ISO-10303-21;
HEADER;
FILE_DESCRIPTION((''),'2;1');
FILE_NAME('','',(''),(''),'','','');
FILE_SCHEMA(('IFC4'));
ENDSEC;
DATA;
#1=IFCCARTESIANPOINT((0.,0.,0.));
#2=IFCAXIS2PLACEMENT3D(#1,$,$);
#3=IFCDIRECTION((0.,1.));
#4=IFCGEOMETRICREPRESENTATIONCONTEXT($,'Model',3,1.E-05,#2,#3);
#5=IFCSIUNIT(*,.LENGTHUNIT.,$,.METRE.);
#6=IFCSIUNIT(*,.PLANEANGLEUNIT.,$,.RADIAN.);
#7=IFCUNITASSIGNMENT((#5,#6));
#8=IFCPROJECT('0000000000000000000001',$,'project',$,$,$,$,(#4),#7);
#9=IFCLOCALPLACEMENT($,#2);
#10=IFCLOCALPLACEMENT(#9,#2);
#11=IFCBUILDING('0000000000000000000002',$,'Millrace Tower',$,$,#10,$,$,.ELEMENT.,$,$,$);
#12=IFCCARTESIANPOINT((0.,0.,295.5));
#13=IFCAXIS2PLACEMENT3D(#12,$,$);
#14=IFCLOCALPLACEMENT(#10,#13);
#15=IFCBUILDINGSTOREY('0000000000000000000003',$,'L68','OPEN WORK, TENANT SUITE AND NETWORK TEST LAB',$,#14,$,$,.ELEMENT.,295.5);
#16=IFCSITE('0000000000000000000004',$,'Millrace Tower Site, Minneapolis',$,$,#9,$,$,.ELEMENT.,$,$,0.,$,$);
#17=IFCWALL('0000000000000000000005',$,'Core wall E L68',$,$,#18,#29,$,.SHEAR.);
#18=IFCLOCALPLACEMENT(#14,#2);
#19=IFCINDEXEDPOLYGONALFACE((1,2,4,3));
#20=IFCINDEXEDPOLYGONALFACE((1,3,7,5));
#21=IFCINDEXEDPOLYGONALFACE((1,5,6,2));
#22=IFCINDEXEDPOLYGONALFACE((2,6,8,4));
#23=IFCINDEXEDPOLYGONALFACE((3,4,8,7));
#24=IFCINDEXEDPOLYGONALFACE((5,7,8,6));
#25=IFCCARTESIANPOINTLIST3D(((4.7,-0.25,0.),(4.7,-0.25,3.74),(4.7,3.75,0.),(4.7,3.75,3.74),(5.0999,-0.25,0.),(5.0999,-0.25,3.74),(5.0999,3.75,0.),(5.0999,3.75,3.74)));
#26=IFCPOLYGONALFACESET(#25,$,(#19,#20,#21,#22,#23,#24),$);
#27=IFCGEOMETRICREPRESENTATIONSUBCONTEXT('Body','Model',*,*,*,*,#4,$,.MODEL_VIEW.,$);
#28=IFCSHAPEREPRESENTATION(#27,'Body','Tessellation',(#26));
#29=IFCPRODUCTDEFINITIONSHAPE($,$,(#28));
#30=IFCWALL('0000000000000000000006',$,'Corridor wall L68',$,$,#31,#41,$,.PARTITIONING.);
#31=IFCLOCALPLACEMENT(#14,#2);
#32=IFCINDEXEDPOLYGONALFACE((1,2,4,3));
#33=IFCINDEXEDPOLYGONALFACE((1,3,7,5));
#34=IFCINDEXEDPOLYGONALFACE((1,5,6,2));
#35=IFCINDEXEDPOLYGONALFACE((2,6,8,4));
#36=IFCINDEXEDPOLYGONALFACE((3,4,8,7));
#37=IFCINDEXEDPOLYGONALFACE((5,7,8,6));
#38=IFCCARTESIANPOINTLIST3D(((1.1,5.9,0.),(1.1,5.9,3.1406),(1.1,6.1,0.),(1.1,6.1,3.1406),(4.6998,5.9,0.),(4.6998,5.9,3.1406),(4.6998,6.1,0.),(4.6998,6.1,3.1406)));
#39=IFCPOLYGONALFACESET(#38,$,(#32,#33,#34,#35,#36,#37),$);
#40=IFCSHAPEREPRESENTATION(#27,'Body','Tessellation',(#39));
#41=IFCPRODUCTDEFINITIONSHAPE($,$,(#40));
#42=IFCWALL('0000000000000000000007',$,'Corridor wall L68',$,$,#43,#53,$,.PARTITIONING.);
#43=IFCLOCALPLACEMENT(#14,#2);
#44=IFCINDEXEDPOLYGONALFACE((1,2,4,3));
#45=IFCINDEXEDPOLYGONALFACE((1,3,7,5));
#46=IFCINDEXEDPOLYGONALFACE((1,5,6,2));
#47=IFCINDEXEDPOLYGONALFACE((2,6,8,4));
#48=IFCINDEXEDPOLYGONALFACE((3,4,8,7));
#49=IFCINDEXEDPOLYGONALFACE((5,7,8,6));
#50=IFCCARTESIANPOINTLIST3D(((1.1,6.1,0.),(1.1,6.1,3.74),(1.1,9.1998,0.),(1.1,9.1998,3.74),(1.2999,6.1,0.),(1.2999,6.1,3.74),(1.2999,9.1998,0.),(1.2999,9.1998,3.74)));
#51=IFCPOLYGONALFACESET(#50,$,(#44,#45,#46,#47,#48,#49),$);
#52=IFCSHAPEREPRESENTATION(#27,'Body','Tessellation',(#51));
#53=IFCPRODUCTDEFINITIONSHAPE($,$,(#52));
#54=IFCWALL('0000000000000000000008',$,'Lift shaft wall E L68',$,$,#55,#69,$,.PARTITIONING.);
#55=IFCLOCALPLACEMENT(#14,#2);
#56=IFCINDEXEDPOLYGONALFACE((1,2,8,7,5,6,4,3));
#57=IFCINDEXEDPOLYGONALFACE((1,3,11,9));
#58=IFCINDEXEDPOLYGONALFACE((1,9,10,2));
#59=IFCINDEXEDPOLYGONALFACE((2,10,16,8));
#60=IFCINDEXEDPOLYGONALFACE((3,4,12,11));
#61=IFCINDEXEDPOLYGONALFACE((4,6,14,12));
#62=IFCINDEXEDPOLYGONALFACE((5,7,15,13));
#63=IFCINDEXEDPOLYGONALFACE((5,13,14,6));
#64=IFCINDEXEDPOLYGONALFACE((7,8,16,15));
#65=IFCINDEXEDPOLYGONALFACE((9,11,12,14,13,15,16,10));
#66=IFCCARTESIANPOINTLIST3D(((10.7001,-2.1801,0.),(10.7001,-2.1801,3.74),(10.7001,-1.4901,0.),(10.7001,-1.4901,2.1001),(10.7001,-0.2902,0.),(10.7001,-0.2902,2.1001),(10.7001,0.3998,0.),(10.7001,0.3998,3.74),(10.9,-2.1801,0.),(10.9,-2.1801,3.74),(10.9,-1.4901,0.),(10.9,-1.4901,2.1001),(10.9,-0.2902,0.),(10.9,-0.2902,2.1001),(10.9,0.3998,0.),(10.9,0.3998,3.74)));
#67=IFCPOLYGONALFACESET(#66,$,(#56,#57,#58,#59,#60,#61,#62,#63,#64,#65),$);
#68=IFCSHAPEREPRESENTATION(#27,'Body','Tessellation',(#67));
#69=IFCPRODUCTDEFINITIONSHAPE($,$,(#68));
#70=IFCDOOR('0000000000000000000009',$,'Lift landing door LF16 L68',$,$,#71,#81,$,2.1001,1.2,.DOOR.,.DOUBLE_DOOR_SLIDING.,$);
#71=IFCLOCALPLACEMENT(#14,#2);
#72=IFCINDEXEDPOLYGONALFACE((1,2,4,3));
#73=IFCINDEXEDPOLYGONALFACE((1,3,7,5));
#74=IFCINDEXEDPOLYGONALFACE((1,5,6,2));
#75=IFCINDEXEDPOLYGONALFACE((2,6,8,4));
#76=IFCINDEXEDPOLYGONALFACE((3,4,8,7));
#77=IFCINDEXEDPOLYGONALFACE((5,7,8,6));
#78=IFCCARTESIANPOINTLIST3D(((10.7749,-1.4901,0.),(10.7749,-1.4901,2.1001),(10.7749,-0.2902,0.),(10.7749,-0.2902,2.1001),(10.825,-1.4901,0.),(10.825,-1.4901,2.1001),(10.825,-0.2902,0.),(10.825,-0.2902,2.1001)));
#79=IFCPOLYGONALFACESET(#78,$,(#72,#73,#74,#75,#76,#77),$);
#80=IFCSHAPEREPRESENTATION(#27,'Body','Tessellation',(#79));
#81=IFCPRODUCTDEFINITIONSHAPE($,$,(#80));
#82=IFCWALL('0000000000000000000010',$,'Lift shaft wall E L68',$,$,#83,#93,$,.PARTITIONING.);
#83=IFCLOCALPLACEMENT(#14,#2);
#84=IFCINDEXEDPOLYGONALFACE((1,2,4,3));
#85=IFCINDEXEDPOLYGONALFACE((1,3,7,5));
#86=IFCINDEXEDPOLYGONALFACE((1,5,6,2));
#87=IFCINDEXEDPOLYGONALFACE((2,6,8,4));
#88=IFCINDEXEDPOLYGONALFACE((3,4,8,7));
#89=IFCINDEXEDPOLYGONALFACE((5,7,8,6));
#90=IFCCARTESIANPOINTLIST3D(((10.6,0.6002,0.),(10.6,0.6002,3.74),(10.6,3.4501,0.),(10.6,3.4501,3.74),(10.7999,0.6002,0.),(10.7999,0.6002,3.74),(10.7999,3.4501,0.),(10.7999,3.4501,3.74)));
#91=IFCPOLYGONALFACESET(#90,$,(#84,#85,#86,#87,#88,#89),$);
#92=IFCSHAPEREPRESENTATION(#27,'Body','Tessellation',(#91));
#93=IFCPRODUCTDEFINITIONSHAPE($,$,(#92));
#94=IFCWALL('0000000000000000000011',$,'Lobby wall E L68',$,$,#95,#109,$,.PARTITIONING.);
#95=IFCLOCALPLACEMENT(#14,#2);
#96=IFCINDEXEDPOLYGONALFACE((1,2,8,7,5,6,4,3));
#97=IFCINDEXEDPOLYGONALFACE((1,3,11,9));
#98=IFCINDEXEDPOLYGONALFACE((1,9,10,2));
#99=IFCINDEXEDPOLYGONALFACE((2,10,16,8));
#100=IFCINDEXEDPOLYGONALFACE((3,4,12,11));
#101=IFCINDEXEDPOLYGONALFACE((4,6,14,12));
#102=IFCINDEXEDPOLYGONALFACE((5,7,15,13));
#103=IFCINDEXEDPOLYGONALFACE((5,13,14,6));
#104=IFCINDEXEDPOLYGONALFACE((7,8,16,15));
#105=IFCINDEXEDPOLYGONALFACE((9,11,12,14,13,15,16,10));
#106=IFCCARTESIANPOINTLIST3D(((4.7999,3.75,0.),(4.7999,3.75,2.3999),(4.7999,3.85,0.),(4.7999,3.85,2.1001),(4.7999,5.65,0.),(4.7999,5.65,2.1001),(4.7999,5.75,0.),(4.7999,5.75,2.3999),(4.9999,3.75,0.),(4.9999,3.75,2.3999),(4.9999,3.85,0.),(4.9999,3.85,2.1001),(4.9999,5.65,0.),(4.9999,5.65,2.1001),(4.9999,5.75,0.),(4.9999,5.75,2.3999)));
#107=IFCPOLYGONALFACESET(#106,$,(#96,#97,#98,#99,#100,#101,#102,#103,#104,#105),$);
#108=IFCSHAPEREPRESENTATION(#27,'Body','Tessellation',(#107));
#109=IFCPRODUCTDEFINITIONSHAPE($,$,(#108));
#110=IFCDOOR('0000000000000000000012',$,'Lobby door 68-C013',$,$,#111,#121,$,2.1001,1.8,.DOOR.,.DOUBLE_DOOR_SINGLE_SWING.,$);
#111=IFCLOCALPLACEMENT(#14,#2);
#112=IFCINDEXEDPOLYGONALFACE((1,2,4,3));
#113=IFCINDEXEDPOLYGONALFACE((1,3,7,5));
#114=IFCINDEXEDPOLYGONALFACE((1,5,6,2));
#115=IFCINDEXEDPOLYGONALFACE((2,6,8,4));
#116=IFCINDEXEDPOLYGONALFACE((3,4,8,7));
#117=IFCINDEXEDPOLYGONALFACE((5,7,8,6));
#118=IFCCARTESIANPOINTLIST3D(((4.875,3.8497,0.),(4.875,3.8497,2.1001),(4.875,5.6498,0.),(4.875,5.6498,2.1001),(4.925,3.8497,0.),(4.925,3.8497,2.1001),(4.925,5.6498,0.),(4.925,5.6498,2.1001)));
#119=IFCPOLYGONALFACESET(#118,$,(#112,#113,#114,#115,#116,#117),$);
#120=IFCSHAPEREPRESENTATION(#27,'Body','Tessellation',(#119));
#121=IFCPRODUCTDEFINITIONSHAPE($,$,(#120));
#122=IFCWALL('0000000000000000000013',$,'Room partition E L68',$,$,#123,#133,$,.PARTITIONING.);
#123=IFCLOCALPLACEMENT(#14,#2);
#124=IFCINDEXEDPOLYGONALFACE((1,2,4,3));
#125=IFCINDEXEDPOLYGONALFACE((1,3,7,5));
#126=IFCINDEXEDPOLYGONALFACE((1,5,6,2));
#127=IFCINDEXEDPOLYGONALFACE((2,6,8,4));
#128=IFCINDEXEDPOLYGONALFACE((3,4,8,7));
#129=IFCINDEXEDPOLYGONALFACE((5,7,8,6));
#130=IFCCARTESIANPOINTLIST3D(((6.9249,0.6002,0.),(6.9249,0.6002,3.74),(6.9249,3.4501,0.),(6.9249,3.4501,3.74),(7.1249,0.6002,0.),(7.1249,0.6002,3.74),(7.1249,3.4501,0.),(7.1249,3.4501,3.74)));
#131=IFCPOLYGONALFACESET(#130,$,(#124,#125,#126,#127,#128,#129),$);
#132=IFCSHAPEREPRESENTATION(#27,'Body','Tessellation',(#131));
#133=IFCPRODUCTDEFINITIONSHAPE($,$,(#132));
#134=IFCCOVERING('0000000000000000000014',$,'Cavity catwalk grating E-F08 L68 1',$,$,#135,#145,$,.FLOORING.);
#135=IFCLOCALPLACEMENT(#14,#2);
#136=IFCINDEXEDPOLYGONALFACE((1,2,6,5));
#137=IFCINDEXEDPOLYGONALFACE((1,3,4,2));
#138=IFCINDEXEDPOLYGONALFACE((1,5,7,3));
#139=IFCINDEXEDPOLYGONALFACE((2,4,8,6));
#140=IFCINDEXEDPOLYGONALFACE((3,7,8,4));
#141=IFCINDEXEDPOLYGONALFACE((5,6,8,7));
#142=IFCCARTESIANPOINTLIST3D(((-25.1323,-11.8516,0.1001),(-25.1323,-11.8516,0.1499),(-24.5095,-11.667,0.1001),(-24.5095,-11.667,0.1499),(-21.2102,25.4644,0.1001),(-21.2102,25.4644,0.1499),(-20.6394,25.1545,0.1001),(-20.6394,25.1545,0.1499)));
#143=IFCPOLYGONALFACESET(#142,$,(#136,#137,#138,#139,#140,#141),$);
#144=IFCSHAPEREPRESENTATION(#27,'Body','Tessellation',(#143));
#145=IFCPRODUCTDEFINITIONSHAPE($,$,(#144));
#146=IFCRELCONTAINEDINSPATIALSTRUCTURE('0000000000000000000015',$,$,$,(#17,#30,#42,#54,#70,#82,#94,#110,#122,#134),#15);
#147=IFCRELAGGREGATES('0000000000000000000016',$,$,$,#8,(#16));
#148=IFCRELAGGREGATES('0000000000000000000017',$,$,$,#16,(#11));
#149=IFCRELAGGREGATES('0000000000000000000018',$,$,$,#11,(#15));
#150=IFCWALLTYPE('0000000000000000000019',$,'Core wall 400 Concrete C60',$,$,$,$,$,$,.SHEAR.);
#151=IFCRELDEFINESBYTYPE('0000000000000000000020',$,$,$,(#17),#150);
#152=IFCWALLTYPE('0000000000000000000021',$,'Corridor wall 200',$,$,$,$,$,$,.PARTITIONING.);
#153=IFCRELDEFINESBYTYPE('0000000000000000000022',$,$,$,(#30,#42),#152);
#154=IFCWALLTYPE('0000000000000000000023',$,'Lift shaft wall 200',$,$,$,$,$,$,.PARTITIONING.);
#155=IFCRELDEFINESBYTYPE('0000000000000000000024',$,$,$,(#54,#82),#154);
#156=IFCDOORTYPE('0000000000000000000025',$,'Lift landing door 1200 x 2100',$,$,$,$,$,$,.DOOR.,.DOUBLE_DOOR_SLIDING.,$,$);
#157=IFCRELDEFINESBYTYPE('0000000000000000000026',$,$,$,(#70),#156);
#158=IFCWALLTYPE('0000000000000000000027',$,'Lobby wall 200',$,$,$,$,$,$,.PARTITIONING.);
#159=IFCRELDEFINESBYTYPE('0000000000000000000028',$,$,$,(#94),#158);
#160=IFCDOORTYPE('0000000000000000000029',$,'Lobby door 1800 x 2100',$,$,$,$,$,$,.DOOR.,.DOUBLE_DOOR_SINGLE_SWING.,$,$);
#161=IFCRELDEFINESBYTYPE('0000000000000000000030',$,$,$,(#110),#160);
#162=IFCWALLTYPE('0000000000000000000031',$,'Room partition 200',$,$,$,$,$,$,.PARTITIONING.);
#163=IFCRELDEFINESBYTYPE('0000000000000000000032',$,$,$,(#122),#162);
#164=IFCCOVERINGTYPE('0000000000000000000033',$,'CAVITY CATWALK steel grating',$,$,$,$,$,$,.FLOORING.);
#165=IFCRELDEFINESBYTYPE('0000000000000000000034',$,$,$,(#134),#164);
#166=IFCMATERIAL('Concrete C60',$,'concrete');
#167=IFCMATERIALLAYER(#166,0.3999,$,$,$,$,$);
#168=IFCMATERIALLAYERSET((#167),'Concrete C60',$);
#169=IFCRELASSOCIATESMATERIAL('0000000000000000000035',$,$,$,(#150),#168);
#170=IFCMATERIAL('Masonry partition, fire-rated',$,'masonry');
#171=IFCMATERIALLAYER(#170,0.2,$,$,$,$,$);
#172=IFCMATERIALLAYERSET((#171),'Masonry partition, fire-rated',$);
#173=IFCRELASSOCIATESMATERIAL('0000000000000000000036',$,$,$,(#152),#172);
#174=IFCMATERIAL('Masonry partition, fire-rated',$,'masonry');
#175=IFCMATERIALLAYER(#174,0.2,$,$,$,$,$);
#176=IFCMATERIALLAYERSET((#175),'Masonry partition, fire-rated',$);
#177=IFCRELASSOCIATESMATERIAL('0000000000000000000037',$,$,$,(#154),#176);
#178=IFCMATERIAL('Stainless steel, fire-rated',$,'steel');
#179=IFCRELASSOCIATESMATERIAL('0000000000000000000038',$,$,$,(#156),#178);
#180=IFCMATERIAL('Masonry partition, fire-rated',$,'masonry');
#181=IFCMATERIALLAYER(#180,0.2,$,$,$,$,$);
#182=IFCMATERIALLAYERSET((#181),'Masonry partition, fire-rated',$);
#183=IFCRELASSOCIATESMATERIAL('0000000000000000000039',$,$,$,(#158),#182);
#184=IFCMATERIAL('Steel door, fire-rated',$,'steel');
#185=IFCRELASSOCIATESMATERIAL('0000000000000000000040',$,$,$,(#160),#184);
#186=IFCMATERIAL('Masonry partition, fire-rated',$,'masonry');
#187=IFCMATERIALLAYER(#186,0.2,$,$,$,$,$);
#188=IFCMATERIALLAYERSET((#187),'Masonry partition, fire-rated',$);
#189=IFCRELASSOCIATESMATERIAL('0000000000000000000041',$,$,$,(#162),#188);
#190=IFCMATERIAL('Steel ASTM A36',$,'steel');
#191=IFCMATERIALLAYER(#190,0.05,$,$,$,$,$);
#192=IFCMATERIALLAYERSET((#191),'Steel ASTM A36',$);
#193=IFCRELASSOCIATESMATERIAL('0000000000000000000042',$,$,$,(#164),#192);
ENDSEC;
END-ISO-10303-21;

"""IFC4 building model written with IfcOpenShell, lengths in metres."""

from ifc_helpers import new_model, si_unit, direction, frame, frame_2d, origin, place, context, subcontext, project, spatial, polyline, rectangle, outline, extrude, material, layer, layer_set, type_object, element, fill, save


model = new_model("IFC4")

# Units and contexts
model_context = context("Model", 3, precision=1e-05, world=origin(), true_north=direction((0.0, 1.0)))
body_context = subcontext(model_context, "Body", "Model", "MODEL_VIEW")
ifc_project = project(units=[si_unit("LENGTHUNIT", "METRE"), si_unit("PLANEANGLEUNIT", "RADIAN")], contexts=[model_context])

# Site, building, storey
site_placement = place(None, origin())
site = spatial("IfcSite", under=ifc_project, at=site_placement, Name="Millrace Tower Site, Minneapolis", CompositionType="ELEMENT", RefElevation=0.0)
building_placement = place(site_placement, origin())
building = spatial("IfcBuilding", under=site, at=building_placement, Name="Millrace Tower", CompositionType="ELEMENT")
storey_placement = place(building_placement, frame((0.0, 0.0, 295.5)))
storey = spatial("IfcBuildingStorey", under=building, at=storey_placement, Name="L68", Description="OPEN WORK, TENANT SUITE AND NETWORK TEST LAB", CompositionType="ELEMENT", Elevation=295.5)

# Walls
ifc_material_1 = material(Name="Concrete C60", Category="concrete")
ifc_layer_1 = layer(ifc_material_1, 0.3999)
ifc_layer_set_1 = layer_set([ifc_layer_1], Name="Concrete C60")
wall_type_1 = type_object("IfcWallType", Name="Core wall 400 Concrete C60", PredefinedType="SHEAR", material=ifc_layer_set_1)
wall_1_placement = place(storey_placement, frame((4.8999, 3.75, 0.0), z_axis=(0.0, 0.0, 1.0), x_axis=(0.0, -1.0, 0.0)))
element("IfcWall", 1, at=wall_1_placement, inside=storey, type_object=wall_type_1, Name="Core wall E L68", PredefinedType="SHEAR", context=body_context, shape_type="SweptSolid", body=[
    extrude(rectangle(XDim=4.0, YDim=0.3999, at=frame_2d((2.0, 0.0))), origin(), (0.0, 0.0, 1.0), 3.74),
])
ifc_material_2 = material(Name="Masonry partition, fire-rated", Category="masonry")
ifc_layer_2 = layer(ifc_material_2, 0.2)
ifc_layer_set_2 = layer_set([ifc_layer_2], Name="Masonry partition, fire-rated")
wall_type_2 = type_object("IfcWallType", Name="Corridor wall 200", PredefinedType="PARTITIONING", material=ifc_layer_set_2)
wall_2_placement = place(storey_placement, frame((1.1001, 6.0, 0.0), z_axis=(0.0, 0.0, 1.0), x_axis=(1.0, 0.0, 0.0)))
element("IfcWall", 2, at=wall_2_placement, inside=storey, type_object=wall_type_2, Name="Corridor wall L68", PredefinedType="PARTITIONING", context=body_context, shape_type="SweptSolid", body=[
    extrude(rectangle(XDim=3.5999, YDim=0.2, at=frame_2d((1.7998, 0.0))), origin(), (0.0, 0.0, 1.0), 3.1406),
])
wall_3_placement = place(storey_placement, frame((1.2, 6.1001, 0.0), z_axis=(0.0, 0.0, 1.0), x_axis=(0.0, 1.0, 0.0)))
element("IfcWall", 3, at=wall_3_placement, inside=storey, type_object=wall_type_2, Name="Corridor wall L68", PredefinedType="PARTITIONING", context=body_context, shape_type="SweptSolid", body=[
    extrude(rectangle(XDim=3.0999, YDim=0.2, at=frame_2d((1.5498, 0.0))), origin(), (0.0, 0.0, 1.0), 3.74),
])

# Wall, opening, door
ifc_material_3 = material(Name="Masonry partition, fire-rated", Category="masonry")
ifc_layer_3 = layer(ifc_material_3, 0.2)
ifc_layer_set_3 = layer_set([ifc_layer_3], Name="Masonry partition, fire-rated")
wall_type_3 = type_object("IfcWallType", Name="Lift shaft wall 200", PredefinedType="PARTITIONING", material=ifc_layer_set_3)
wall_4_placement = place(storey_placement, frame((10.8, 0.3999, 0.0), z_axis=(0.0, 0.0, 1.0), x_axis=(0.0, -1.0, 0.0)))
wall_4 = element("IfcWall", 4, at=wall_4_placement, inside=storey, type_object=wall_type_3, Name="Lift shaft wall E L68", PredefinedType="PARTITIONING", context=body_context, shape_type="SweptSolid", body=[
    extrude(rectangle(XDim=2.5798, YDim=0.2, at=frame_2d((1.29, 0.0))), origin(), (0.0, 0.0, 1.0), 3.74),
])
opening_1_placement = place(wall_4_placement, frame((0.6899, 0.0, 0.0)))
opening_1 = element("IfcOpeningElement", 5, at=opening_1_placement, cuts=wall_4, PredefinedType="OPENING", context=body_context, shape_type="SweptSolid", body=[
    extrude(rectangle(XDim=1.2, YDim=2.1001, at=frame_2d((0.6001, 1.05))), frame((0.0, 0.1099, 0.0), z_axis=(0.0, -1.0, 0.0), x_axis=(1.0, 0.0, 0.0)), (0.0, 0.0, 1.0), 0.22),
])
ifc_material_4 = material(Name="Stainless steel, fire-rated", Category="steel")
door_type_1 = type_object("IfcDoorType", Name="Lift landing door 1200 x 2100", OperationType="DOUBLE_DOOR_SLIDING", PredefinedType="DOOR", material=ifc_material_4)
door_1_placement = place(opening_1_placement, origin())
door_1 = element("IfcDoor", 6, at=door_1_placement, inside=storey, type_object=door_type_1, Name="Lift landing door LF16 L68", OperationType="DOUBLE_DOOR_SLIDING", OverallHeight=2.1001, OverallWidth=1.2, PredefinedType="DOOR", context=body_context, shape_type="SweptSolid", body=[
    extrude(rectangle(XDim=1.2, YDim=2.1001, at=frame_2d((0.6001, 1.05))), frame((0.0, 0.0249, 0.0), z_axis=(0.0, -1.0, 0.0), x_axis=(1.0, 0.0, 0.0)), (0.0, 0.0, 1.0), 0.05),
])
fill(opening_1, door_1)

# Wall
wall_5_placement = place(storey_placement, frame((10.7, 3.45, 0.0), z_axis=(0.0, 0.0, 1.0), x_axis=(0.0, -1.0, 0.0)))
element("IfcWall", 7, at=wall_5_placement, inside=storey, type_object=wall_type_3, Name="Lift shaft wall E L68", PredefinedType="PARTITIONING", context=body_context, shape_type="SweptSolid", body=[
    extrude(rectangle(XDim=2.8499, YDim=0.2, at=frame_2d((1.4248, 0.0))), origin(), (0.0, 0.0, 1.0), 3.74),
])

# Wall, opening, door
ifc_material_5 = material(Name="Masonry partition, fire-rated", Category="masonry")
ifc_layer_4 = layer(ifc_material_5, 0.2)
ifc_layer_set_4 = layer_set([ifc_layer_4], Name="Masonry partition, fire-rated")
wall_type_4 = type_object("IfcWallType", Name="Lobby wall 200", PredefinedType="PARTITIONING", material=ifc_layer_set_4)
wall_6_placement = place(storey_placement, frame((4.8999, 5.75, 0.0), z_axis=(0.0, 0.0, 1.0), x_axis=(0.0, -1.0, 0.0)))
wall_6 = element("IfcWall", 8, at=wall_6_placement, inside=storey, type_object=wall_type_4, Name="Lobby wall E L68", PredefinedType="PARTITIONING", context=body_context, shape_type="SweptSolid", body=[
    extrude(rectangle(XDim=2.0, YDim=0.2, at=frame_2d((1.0, 0.0))), origin(), (0.0, 0.0, 1.0), 2.3999),
])
opening_2_placement = place(wall_6_placement, frame((0.1001, 0.0, 0.0)))
opening_2 = element("IfcOpeningElement", 9, at=opening_2_placement, cuts=wall_6, PredefinedType="OPENING", context=body_context, shape_type="SweptSolid", body=[
    extrude(rectangle(XDim=1.8, YDim=2.1001, at=frame_2d((0.8999, 1.05))), frame((0.0, 0.1099, 0.0), z_axis=(0.0, -1.0, 0.0), x_axis=(1.0, 0.0, 0.0)), (0.0, 0.0, 1.0), 0.22),
])
ifc_material_6 = material(Name="Steel door, fire-rated", Category="steel")
door_type_2 = type_object("IfcDoorType", Name="Lobby door 1800 x 2100", OperationType="DOUBLE_DOOR_SINGLE_SWING", PredefinedType="DOOR", material=ifc_material_6)
door_2_placement = place(opening_2_placement, frame((1.8, 0.0, 0.0), z_axis=(0.0, 0.0, 1.0), x_axis=(-1.0, 0.0, 0.0)))
door_2 = element("IfcDoor", 10, at=door_2_placement, inside=storey, type_object=door_type_2, Name="Lobby door 68-C013", OperationType="DOUBLE_DOOR_SINGLE_SWING", OverallHeight=2.1001, OverallWidth=1.8, PredefinedType="DOOR", context=body_context, shape_type="SweptSolid", body=[
    extrude(rectangle(XDim=1.8, YDim=2.1001, at=frame_2d((0.8999, 1.05))), frame((0.0, 0.0249, 0.0), z_axis=(0.0, -1.0, 0.0), x_axis=(1.0, 0.0, 0.0)), (0.0, 0.0, 1.0), 0.05),
])
fill(opening_2, door_2)

# Wall
ifc_material_7 = material(Name="Masonry partition, fire-rated", Category="masonry")
ifc_layer_5 = layer(ifc_material_7, 0.2)
ifc_layer_set_5 = layer_set([ifc_layer_5], Name="Masonry partition, fire-rated")
wall_type_5 = type_object("IfcWallType", Name="Room partition 200", PredefinedType="PARTITIONING", material=ifc_layer_set_5)
wall_7_placement = place(storey_placement, frame((7.0249, 3.45, 0.0), z_axis=(0.0, 0.0, 1.0), x_axis=(0.0, -1.0, 0.0)))
element("IfcWall", 11, at=wall_7_placement, inside=storey, type_object=wall_type_5, Name="Room partition E L68", PredefinedType="PARTITIONING", context=body_context, shape_type="SweptSolid", body=[
    extrude(rectangle(XDim=2.8499, YDim=0.2, at=frame_2d((1.4248, 0.0))), origin(), (0.0, 0.0, 1.0), 3.74),
])

# Covering
ifc_material_8 = material(Name="Steel ASTM A36", Category="steel")
ifc_layer_6 = layer(ifc_material_8, 0.05)
ifc_layer_set_6 = layer_set([ifc_layer_6], Name="Steel ASTM A36")
covering_type = type_object("IfcCoveringType", Name="CAVITY CATWALK steel grating", PredefinedType="FLOORING", material=ifc_layer_set_6)
covering_placement = place(storey_placement, frame((0.0, 0.0, 0.1001)))
element("IfcCovering", 12, at=covering_placement, inside=storey, type_object=covering_type, Name="Cavity catwalk grating E-F08 L68 1", PredefinedType="FLOORING", context=body_context, shape_type="SweptSolid", body=[
    extrude(outline(polyline([(-21.2102, 25.4644), (-25.1323, -11.8516), (-24.5095, -11.667), (-20.6394, 25.1545), (-21.2102, 25.4644)])), origin(), (0.0, 0.0, 1.0), 0.0498),
])

save(model, "model.ifc")
